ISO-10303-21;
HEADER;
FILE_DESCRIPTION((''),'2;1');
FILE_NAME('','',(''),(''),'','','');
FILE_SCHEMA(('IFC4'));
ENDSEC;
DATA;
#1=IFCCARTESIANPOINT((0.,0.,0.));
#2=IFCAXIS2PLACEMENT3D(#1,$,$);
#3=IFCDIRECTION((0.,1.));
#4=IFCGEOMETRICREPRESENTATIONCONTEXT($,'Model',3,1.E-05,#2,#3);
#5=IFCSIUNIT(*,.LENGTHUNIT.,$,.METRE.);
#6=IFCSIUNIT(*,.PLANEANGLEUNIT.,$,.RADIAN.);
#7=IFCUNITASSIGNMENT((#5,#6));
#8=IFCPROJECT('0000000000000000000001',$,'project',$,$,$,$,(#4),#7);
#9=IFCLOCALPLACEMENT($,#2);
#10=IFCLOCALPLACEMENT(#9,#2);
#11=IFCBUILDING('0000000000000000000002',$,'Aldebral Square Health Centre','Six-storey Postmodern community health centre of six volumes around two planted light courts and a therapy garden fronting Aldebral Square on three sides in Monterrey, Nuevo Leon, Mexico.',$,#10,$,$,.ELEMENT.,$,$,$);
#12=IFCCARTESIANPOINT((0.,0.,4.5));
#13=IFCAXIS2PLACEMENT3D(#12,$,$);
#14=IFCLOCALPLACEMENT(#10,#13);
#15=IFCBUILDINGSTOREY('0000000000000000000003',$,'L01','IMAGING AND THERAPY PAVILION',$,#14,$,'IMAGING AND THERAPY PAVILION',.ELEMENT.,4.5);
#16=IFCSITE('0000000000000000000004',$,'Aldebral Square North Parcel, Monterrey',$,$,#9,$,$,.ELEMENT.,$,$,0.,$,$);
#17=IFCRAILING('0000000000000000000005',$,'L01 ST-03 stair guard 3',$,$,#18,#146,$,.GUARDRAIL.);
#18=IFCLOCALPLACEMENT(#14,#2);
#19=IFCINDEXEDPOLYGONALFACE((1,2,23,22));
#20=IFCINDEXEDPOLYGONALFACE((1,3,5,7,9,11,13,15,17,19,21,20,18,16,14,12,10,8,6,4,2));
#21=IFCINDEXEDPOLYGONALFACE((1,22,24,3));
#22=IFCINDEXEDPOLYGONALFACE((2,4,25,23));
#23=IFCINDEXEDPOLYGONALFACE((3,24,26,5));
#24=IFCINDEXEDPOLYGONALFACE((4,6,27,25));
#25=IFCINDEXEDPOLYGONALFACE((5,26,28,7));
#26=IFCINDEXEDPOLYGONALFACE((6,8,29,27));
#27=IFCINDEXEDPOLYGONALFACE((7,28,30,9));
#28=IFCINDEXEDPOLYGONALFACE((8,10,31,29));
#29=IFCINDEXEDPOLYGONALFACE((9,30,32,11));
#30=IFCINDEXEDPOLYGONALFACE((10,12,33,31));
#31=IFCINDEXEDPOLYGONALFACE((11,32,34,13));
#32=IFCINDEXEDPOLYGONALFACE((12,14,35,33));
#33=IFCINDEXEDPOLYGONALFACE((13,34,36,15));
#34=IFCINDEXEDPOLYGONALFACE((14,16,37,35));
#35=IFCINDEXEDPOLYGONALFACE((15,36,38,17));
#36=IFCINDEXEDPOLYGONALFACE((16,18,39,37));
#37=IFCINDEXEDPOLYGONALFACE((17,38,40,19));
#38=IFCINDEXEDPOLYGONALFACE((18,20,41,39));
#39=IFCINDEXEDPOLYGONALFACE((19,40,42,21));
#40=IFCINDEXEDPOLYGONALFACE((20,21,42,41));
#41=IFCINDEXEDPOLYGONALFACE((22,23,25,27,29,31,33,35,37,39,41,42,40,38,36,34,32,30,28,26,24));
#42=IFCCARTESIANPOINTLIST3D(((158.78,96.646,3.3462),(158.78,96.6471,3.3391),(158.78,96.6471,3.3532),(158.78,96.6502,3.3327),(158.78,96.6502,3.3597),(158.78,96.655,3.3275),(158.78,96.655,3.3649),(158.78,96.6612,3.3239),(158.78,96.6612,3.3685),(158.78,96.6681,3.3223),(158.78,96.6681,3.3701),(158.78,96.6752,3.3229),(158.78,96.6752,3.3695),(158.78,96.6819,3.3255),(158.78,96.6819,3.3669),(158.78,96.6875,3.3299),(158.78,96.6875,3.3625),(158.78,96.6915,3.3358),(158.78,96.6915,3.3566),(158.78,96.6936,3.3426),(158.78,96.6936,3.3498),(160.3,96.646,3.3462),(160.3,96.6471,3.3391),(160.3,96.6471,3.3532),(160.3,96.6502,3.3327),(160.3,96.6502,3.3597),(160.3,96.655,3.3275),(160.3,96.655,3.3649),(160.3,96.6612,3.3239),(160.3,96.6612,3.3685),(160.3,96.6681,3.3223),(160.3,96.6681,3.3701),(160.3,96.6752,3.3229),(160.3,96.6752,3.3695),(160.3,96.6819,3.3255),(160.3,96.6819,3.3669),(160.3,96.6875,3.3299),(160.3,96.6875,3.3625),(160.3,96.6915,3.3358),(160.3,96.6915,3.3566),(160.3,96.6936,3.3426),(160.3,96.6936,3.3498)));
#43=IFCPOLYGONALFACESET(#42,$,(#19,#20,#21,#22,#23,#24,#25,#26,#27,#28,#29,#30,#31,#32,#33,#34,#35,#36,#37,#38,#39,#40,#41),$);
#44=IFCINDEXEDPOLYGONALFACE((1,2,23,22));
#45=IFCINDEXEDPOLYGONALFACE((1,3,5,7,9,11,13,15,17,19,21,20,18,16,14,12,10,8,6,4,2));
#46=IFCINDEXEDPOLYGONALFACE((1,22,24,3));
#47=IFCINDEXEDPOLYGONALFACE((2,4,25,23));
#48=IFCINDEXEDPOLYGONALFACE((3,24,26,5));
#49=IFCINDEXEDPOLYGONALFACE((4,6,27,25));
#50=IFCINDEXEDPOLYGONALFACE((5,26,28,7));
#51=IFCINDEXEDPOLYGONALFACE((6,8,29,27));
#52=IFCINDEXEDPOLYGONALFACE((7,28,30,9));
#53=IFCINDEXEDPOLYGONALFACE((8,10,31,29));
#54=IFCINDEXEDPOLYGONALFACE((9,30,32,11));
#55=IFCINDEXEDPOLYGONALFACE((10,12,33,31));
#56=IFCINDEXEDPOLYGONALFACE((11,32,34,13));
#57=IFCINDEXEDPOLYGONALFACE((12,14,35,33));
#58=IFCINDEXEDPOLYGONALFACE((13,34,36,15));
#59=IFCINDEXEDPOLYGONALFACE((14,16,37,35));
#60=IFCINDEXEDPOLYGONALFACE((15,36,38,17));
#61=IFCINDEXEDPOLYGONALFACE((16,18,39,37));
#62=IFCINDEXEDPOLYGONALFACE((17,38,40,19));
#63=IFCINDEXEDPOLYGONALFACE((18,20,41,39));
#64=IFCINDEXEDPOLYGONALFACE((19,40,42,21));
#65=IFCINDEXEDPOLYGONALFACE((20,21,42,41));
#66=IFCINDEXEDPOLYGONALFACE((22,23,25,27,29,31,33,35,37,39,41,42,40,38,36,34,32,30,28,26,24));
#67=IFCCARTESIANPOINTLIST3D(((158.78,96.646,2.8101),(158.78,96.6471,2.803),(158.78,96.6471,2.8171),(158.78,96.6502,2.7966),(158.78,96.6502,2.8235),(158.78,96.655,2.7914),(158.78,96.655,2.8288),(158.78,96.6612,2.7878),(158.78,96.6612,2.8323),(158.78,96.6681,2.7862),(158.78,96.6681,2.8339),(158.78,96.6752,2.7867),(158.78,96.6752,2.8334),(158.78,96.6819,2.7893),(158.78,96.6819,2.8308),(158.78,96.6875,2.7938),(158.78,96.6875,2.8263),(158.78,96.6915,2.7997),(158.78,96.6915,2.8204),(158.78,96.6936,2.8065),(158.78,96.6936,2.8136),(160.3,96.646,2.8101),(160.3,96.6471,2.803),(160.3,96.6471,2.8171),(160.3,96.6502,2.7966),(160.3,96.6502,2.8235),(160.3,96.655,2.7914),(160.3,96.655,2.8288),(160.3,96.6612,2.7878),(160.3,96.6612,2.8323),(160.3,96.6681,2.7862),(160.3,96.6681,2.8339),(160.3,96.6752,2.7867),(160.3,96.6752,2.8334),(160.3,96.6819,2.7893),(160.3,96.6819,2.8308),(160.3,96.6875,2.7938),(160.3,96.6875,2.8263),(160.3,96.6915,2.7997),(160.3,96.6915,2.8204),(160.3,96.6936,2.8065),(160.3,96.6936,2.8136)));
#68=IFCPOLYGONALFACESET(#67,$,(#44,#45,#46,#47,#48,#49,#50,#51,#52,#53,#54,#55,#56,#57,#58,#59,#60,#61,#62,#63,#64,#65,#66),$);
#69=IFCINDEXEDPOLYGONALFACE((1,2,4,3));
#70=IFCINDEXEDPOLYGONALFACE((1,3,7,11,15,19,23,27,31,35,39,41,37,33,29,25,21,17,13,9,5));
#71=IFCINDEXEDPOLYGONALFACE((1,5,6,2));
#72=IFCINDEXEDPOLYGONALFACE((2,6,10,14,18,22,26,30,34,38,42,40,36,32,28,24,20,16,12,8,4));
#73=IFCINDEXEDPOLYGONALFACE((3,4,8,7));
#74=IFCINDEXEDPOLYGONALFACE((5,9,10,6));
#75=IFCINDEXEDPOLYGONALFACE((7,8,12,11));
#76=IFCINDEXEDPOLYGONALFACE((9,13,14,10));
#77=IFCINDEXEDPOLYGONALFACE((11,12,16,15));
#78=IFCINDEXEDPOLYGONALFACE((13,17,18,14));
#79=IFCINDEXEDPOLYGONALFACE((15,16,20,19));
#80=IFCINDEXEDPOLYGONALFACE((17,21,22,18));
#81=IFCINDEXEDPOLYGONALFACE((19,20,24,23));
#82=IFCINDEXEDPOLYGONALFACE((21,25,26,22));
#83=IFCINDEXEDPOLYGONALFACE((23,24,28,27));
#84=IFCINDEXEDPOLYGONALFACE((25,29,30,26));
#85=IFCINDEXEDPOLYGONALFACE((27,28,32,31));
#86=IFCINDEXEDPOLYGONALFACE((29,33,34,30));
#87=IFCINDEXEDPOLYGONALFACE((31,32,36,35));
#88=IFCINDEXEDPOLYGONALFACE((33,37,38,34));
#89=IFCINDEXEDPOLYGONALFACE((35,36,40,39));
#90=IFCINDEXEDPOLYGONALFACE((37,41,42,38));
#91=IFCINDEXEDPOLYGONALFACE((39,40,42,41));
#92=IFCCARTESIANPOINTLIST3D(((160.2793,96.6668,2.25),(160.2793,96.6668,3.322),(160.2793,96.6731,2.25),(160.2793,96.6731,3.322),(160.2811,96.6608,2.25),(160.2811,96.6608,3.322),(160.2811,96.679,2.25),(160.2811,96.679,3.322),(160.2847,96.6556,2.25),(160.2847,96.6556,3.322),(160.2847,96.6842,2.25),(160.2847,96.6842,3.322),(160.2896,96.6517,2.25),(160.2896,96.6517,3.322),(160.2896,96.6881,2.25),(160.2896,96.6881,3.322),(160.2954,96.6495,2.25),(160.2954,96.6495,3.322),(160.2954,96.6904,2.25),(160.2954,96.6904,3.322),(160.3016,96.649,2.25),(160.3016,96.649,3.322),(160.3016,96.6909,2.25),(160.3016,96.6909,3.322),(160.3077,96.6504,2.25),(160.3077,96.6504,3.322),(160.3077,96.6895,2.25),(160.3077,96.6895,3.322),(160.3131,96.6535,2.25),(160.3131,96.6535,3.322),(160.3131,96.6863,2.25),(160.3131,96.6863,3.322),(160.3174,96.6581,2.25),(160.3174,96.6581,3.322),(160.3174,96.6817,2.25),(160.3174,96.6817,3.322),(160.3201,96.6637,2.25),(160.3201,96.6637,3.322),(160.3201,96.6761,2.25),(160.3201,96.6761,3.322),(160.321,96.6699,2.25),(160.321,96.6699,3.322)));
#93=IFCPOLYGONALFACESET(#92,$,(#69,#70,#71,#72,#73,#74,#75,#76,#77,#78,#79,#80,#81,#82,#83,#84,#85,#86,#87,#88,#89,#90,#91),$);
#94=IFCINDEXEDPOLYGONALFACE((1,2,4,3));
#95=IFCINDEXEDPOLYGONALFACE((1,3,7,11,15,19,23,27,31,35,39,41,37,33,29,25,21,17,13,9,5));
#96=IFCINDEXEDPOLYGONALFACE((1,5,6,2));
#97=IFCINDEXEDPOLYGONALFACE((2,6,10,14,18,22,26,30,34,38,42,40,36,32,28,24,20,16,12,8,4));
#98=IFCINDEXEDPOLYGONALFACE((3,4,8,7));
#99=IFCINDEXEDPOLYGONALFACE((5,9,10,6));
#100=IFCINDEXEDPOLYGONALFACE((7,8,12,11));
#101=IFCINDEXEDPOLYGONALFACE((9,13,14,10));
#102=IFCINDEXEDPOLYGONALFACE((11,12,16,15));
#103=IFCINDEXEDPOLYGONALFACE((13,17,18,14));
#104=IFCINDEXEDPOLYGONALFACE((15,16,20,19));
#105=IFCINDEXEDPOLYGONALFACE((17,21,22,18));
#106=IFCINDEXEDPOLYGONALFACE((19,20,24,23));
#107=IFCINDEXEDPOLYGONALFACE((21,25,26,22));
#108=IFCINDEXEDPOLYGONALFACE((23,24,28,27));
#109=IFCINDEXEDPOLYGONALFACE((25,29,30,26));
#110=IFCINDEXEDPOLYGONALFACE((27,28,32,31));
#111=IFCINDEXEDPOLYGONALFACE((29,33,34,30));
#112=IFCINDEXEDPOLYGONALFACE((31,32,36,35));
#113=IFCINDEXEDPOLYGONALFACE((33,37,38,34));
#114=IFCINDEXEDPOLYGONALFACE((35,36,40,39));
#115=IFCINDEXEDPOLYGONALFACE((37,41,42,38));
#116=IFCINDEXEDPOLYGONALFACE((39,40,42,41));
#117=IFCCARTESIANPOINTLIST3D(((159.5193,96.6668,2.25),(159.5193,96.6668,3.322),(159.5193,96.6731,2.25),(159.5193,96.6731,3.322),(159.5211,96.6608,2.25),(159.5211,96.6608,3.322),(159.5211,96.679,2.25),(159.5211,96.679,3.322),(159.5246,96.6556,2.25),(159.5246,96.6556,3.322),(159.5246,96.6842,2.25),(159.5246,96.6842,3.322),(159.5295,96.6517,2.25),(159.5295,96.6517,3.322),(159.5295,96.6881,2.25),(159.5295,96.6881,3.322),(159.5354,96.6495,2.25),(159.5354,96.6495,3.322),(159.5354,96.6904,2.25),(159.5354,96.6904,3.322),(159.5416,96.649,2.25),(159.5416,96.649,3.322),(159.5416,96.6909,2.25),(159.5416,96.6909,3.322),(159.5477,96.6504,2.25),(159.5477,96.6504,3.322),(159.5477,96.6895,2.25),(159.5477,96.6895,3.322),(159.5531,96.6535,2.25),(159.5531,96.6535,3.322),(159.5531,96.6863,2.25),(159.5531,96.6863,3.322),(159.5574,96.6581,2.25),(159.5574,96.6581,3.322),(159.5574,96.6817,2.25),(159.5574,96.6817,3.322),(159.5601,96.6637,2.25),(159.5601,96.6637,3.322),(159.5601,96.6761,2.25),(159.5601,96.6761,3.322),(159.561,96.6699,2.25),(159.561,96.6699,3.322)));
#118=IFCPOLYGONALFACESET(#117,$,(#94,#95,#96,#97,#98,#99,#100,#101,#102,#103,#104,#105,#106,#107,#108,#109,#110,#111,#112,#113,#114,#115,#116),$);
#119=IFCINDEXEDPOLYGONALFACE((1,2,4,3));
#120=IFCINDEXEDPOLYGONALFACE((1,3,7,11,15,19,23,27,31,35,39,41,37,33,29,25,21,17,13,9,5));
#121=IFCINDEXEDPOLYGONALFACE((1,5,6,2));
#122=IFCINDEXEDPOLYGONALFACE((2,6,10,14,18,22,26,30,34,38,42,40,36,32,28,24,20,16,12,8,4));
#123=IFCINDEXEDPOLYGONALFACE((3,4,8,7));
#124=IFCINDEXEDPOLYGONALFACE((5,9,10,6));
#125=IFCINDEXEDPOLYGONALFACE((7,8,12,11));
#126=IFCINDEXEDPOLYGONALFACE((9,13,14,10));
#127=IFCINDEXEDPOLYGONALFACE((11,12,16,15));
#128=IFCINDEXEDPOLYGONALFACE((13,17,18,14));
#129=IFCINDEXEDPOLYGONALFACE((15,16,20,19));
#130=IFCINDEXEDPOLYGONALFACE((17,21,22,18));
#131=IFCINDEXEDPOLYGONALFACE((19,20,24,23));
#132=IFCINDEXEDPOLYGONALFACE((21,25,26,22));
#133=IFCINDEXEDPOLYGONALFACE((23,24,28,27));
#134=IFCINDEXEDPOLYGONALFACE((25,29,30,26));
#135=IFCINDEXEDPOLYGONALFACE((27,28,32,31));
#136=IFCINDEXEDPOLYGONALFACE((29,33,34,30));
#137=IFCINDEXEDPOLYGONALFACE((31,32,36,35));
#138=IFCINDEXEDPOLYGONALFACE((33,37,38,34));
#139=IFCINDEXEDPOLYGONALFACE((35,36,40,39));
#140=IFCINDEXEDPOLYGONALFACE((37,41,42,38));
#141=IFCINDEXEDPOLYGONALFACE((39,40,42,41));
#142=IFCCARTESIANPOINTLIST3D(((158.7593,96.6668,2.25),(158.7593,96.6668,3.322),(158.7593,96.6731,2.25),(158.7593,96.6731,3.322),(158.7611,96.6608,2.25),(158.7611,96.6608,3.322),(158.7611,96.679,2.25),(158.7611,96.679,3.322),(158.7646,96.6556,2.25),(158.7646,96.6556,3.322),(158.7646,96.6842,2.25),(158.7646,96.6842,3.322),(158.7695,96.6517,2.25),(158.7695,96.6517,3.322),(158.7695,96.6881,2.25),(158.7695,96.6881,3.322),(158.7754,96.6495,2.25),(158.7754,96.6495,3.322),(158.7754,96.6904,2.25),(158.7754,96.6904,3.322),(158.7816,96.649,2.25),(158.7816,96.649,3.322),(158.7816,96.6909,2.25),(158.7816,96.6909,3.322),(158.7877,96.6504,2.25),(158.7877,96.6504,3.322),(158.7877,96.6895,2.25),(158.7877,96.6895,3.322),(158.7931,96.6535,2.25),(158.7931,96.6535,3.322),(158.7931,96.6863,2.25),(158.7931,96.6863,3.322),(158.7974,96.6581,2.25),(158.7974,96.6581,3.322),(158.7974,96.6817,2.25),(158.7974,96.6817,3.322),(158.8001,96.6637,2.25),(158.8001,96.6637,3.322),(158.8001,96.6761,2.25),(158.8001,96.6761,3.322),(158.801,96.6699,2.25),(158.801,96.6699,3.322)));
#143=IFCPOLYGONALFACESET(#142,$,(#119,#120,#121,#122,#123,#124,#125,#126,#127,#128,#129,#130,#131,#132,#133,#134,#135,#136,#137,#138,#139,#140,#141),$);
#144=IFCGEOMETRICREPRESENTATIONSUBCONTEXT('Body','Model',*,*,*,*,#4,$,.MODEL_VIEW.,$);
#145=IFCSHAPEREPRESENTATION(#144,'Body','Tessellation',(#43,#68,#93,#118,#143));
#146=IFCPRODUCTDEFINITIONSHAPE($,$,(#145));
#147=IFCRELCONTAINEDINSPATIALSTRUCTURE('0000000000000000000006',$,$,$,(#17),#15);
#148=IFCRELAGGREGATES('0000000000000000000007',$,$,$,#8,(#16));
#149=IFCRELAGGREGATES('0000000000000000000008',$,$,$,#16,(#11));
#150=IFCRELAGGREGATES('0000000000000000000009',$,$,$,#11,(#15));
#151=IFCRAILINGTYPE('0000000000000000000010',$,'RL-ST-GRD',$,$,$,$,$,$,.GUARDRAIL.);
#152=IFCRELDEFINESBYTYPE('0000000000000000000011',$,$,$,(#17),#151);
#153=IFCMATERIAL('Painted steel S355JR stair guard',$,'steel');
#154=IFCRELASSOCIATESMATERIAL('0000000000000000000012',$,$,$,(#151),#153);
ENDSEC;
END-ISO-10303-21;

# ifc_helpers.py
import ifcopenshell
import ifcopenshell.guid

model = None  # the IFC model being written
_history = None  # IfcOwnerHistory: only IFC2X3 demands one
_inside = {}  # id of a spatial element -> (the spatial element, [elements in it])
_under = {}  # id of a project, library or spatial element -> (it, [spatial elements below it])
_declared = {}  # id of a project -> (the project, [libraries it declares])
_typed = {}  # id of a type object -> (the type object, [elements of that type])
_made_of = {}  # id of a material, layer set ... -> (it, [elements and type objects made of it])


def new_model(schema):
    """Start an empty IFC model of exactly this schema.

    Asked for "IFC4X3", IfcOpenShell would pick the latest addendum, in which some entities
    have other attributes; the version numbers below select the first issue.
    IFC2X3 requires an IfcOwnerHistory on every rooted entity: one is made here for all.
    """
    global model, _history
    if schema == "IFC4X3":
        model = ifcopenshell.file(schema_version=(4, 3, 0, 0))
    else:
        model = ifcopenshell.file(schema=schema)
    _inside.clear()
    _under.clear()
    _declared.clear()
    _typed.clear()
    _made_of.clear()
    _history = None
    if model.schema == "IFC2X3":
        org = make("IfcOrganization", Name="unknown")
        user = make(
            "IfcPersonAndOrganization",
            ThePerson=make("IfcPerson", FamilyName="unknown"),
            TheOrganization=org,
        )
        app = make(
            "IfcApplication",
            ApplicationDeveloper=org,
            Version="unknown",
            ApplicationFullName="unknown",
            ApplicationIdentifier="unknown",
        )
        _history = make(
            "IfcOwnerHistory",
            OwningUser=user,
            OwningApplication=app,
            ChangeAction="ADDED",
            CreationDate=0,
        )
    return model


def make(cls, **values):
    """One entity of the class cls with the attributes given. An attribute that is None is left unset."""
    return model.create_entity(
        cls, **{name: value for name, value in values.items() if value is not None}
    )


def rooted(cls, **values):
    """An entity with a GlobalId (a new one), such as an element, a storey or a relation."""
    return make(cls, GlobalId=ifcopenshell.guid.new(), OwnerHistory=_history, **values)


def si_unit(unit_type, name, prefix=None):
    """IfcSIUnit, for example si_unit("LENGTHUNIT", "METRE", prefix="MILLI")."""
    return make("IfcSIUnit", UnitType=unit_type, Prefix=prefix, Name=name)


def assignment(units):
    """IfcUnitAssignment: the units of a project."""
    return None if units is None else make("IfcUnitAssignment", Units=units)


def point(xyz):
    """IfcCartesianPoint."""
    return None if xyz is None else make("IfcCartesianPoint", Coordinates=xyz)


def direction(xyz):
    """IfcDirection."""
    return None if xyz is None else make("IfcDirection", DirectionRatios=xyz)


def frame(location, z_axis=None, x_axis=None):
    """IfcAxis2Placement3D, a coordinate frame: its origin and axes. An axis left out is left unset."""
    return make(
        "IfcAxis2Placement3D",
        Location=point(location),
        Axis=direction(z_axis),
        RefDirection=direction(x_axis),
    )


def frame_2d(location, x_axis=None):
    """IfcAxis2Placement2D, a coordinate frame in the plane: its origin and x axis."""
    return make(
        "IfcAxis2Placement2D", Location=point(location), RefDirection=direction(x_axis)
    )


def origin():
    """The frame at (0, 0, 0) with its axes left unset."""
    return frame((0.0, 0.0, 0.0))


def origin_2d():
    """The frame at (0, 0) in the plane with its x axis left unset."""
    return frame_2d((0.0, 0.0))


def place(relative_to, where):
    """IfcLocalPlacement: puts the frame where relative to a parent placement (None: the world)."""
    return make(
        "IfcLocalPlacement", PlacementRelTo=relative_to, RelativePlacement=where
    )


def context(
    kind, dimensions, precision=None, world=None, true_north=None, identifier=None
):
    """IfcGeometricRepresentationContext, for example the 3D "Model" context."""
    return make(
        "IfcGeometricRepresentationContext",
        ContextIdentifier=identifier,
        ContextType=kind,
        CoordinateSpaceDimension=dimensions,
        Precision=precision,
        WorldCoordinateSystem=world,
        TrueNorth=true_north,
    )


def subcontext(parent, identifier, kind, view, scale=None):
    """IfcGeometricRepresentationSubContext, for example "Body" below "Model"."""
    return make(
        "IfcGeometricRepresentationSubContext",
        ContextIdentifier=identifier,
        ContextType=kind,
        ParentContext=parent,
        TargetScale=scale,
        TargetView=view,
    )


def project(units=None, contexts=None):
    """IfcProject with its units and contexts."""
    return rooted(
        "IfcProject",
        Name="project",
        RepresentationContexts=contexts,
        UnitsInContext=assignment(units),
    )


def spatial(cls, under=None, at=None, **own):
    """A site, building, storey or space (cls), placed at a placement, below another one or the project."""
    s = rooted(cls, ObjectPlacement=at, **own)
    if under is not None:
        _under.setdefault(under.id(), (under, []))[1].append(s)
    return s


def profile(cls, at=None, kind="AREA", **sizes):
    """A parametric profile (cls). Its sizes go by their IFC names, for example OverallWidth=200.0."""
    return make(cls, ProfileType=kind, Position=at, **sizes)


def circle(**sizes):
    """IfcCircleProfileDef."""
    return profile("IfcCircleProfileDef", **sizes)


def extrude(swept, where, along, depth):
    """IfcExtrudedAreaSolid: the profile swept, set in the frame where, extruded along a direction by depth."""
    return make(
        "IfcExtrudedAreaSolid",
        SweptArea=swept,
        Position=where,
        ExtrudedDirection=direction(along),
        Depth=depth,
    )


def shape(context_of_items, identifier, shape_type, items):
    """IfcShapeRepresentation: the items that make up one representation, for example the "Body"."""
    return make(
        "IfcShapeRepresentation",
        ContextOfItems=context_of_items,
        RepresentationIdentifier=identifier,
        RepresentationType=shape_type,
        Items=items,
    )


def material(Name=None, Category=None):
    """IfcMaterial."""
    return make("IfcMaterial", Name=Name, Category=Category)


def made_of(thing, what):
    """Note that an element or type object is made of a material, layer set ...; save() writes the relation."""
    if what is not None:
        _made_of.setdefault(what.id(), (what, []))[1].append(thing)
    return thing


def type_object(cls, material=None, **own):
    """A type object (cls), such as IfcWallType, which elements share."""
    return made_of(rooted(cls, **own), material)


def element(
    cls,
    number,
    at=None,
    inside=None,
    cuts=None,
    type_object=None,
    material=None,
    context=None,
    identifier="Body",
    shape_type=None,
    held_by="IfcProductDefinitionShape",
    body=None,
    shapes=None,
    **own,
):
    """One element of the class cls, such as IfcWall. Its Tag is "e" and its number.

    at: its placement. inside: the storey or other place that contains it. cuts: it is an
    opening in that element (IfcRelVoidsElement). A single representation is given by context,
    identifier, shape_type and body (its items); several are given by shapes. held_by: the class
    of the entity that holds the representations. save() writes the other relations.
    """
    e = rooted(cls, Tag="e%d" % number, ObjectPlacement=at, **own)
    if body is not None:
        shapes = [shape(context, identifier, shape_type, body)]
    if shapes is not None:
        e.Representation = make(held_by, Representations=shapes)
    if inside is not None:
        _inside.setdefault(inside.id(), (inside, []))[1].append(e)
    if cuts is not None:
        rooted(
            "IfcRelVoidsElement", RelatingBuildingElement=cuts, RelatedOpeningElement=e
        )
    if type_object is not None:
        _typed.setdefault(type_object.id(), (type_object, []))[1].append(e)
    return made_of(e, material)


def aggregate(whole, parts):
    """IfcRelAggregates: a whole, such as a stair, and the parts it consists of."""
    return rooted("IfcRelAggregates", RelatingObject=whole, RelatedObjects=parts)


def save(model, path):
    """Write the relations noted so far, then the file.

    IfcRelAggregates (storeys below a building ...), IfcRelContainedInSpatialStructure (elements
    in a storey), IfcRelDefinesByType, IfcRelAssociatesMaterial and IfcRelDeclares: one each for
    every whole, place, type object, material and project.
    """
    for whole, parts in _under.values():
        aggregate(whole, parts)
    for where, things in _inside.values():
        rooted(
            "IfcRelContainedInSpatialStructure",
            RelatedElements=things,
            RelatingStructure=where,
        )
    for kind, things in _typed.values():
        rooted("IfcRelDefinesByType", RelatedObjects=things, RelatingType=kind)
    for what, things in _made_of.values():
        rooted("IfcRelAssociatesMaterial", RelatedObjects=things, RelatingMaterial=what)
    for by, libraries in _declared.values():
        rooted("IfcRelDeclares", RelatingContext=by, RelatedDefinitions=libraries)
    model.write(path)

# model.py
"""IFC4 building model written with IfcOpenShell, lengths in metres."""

from ifc_helpers import new_model, si_unit, direction, frame, origin, origin_2d, place, context, subcontext, project, spatial, circle, extrude, material, type_object, element, save


model = new_model("IFC4")

# Units and contexts
model_context = context("Model", 3, precision=1e-05, world=origin(), true_north=direction((0.0, 1.0)))
body_context = subcontext(model_context, "Body", "Model", "MODEL_VIEW")
ifc_project = project(units=[si_unit("LENGTHUNIT", "METRE"), si_unit("PLANEANGLEUNIT", "RADIAN")], contexts=[model_context])

# Site, building, storey
site_placement = place(None, origin())
site = spatial("IfcSite", under=ifc_project, at=site_placement, Name="Aldebral Square North Parcel, Monterrey", CompositionType="ELEMENT", RefElevation=0.0)
building_placement = place(site_placement, origin())
building = spatial("IfcBuilding", under=site, at=building_placement, Name="Aldebral Square Health Centre", Description="Six-storey Postmodern community health centre of six volumes around two planted light courts and a therapy garden fronting Aldebral Square on three sides in Monterrey, Nuevo Leon, Mexico.", CompositionType="ELEMENT")
storey_placement = place(building_placement, frame((0.0, 0.0, 4.5)))
storey = spatial("IfcBuildingStorey", under=building, at=storey_placement, Name="L01", Description="IMAGING AND THERAPY PAVILION", LongName="IMAGING AND THERAPY PAVILION", CompositionType="ELEMENT", Elevation=4.5)

# Railing
ifc_material_1 = material(Name="Painted steel S355JR stair guard", Category="steel")
railing_type_1 = type_object("IfcRailingType", Name="RL-ST-GRD", PredefinedType="GUARDRAIL", material=ifc_material_1)
railing_1_placement = place(storey_placement, frame((160.3, 96.6699, 2.25)))
element("IfcRailing", 1, at=railing_1_placement, inside=storey, type_object=railing_type_1, Name="L01 ST-03 stair guard 3", PredefinedType="GUARDRAIL", context=body_context, shape_type="SweptSolid", body=[
    extrude(circle(Radius=0.0239, at=origin_2d()), frame((0.0, 0.0, 1.0962), z_axis=(-1.0, 0.0, 0.0), x_axis=(0.0, -1.0, 0.0)), (0.0, 0.0, 1.0), 1.52),
    extrude(circle(Radius=0.0239, at=origin_2d()), frame((0.0, 0.0, 0.5601), z_axis=(-1.0, 0.0, 0.0), x_axis=(0.0, -1.0, 0.0)), (0.0, 0.0, 1.0), 1.52),
    extrude(circle(Radius=0.021, at=origin_2d()), origin(), (0.0, 0.0, 1.0), 1.072),
    extrude(circle(Radius=0.021, at=origin_2d()), frame((-0.76, 0.0, 0.0)), (0.0, 0.0, 1.0), 1.072),
    extrude(circle(Radius=0.021, at=origin_2d()), frame((-1.52, 0.0, 0.0)), (0.0, 0.0, 1.0), 1.072),
])

save(model, "model.ifc")
